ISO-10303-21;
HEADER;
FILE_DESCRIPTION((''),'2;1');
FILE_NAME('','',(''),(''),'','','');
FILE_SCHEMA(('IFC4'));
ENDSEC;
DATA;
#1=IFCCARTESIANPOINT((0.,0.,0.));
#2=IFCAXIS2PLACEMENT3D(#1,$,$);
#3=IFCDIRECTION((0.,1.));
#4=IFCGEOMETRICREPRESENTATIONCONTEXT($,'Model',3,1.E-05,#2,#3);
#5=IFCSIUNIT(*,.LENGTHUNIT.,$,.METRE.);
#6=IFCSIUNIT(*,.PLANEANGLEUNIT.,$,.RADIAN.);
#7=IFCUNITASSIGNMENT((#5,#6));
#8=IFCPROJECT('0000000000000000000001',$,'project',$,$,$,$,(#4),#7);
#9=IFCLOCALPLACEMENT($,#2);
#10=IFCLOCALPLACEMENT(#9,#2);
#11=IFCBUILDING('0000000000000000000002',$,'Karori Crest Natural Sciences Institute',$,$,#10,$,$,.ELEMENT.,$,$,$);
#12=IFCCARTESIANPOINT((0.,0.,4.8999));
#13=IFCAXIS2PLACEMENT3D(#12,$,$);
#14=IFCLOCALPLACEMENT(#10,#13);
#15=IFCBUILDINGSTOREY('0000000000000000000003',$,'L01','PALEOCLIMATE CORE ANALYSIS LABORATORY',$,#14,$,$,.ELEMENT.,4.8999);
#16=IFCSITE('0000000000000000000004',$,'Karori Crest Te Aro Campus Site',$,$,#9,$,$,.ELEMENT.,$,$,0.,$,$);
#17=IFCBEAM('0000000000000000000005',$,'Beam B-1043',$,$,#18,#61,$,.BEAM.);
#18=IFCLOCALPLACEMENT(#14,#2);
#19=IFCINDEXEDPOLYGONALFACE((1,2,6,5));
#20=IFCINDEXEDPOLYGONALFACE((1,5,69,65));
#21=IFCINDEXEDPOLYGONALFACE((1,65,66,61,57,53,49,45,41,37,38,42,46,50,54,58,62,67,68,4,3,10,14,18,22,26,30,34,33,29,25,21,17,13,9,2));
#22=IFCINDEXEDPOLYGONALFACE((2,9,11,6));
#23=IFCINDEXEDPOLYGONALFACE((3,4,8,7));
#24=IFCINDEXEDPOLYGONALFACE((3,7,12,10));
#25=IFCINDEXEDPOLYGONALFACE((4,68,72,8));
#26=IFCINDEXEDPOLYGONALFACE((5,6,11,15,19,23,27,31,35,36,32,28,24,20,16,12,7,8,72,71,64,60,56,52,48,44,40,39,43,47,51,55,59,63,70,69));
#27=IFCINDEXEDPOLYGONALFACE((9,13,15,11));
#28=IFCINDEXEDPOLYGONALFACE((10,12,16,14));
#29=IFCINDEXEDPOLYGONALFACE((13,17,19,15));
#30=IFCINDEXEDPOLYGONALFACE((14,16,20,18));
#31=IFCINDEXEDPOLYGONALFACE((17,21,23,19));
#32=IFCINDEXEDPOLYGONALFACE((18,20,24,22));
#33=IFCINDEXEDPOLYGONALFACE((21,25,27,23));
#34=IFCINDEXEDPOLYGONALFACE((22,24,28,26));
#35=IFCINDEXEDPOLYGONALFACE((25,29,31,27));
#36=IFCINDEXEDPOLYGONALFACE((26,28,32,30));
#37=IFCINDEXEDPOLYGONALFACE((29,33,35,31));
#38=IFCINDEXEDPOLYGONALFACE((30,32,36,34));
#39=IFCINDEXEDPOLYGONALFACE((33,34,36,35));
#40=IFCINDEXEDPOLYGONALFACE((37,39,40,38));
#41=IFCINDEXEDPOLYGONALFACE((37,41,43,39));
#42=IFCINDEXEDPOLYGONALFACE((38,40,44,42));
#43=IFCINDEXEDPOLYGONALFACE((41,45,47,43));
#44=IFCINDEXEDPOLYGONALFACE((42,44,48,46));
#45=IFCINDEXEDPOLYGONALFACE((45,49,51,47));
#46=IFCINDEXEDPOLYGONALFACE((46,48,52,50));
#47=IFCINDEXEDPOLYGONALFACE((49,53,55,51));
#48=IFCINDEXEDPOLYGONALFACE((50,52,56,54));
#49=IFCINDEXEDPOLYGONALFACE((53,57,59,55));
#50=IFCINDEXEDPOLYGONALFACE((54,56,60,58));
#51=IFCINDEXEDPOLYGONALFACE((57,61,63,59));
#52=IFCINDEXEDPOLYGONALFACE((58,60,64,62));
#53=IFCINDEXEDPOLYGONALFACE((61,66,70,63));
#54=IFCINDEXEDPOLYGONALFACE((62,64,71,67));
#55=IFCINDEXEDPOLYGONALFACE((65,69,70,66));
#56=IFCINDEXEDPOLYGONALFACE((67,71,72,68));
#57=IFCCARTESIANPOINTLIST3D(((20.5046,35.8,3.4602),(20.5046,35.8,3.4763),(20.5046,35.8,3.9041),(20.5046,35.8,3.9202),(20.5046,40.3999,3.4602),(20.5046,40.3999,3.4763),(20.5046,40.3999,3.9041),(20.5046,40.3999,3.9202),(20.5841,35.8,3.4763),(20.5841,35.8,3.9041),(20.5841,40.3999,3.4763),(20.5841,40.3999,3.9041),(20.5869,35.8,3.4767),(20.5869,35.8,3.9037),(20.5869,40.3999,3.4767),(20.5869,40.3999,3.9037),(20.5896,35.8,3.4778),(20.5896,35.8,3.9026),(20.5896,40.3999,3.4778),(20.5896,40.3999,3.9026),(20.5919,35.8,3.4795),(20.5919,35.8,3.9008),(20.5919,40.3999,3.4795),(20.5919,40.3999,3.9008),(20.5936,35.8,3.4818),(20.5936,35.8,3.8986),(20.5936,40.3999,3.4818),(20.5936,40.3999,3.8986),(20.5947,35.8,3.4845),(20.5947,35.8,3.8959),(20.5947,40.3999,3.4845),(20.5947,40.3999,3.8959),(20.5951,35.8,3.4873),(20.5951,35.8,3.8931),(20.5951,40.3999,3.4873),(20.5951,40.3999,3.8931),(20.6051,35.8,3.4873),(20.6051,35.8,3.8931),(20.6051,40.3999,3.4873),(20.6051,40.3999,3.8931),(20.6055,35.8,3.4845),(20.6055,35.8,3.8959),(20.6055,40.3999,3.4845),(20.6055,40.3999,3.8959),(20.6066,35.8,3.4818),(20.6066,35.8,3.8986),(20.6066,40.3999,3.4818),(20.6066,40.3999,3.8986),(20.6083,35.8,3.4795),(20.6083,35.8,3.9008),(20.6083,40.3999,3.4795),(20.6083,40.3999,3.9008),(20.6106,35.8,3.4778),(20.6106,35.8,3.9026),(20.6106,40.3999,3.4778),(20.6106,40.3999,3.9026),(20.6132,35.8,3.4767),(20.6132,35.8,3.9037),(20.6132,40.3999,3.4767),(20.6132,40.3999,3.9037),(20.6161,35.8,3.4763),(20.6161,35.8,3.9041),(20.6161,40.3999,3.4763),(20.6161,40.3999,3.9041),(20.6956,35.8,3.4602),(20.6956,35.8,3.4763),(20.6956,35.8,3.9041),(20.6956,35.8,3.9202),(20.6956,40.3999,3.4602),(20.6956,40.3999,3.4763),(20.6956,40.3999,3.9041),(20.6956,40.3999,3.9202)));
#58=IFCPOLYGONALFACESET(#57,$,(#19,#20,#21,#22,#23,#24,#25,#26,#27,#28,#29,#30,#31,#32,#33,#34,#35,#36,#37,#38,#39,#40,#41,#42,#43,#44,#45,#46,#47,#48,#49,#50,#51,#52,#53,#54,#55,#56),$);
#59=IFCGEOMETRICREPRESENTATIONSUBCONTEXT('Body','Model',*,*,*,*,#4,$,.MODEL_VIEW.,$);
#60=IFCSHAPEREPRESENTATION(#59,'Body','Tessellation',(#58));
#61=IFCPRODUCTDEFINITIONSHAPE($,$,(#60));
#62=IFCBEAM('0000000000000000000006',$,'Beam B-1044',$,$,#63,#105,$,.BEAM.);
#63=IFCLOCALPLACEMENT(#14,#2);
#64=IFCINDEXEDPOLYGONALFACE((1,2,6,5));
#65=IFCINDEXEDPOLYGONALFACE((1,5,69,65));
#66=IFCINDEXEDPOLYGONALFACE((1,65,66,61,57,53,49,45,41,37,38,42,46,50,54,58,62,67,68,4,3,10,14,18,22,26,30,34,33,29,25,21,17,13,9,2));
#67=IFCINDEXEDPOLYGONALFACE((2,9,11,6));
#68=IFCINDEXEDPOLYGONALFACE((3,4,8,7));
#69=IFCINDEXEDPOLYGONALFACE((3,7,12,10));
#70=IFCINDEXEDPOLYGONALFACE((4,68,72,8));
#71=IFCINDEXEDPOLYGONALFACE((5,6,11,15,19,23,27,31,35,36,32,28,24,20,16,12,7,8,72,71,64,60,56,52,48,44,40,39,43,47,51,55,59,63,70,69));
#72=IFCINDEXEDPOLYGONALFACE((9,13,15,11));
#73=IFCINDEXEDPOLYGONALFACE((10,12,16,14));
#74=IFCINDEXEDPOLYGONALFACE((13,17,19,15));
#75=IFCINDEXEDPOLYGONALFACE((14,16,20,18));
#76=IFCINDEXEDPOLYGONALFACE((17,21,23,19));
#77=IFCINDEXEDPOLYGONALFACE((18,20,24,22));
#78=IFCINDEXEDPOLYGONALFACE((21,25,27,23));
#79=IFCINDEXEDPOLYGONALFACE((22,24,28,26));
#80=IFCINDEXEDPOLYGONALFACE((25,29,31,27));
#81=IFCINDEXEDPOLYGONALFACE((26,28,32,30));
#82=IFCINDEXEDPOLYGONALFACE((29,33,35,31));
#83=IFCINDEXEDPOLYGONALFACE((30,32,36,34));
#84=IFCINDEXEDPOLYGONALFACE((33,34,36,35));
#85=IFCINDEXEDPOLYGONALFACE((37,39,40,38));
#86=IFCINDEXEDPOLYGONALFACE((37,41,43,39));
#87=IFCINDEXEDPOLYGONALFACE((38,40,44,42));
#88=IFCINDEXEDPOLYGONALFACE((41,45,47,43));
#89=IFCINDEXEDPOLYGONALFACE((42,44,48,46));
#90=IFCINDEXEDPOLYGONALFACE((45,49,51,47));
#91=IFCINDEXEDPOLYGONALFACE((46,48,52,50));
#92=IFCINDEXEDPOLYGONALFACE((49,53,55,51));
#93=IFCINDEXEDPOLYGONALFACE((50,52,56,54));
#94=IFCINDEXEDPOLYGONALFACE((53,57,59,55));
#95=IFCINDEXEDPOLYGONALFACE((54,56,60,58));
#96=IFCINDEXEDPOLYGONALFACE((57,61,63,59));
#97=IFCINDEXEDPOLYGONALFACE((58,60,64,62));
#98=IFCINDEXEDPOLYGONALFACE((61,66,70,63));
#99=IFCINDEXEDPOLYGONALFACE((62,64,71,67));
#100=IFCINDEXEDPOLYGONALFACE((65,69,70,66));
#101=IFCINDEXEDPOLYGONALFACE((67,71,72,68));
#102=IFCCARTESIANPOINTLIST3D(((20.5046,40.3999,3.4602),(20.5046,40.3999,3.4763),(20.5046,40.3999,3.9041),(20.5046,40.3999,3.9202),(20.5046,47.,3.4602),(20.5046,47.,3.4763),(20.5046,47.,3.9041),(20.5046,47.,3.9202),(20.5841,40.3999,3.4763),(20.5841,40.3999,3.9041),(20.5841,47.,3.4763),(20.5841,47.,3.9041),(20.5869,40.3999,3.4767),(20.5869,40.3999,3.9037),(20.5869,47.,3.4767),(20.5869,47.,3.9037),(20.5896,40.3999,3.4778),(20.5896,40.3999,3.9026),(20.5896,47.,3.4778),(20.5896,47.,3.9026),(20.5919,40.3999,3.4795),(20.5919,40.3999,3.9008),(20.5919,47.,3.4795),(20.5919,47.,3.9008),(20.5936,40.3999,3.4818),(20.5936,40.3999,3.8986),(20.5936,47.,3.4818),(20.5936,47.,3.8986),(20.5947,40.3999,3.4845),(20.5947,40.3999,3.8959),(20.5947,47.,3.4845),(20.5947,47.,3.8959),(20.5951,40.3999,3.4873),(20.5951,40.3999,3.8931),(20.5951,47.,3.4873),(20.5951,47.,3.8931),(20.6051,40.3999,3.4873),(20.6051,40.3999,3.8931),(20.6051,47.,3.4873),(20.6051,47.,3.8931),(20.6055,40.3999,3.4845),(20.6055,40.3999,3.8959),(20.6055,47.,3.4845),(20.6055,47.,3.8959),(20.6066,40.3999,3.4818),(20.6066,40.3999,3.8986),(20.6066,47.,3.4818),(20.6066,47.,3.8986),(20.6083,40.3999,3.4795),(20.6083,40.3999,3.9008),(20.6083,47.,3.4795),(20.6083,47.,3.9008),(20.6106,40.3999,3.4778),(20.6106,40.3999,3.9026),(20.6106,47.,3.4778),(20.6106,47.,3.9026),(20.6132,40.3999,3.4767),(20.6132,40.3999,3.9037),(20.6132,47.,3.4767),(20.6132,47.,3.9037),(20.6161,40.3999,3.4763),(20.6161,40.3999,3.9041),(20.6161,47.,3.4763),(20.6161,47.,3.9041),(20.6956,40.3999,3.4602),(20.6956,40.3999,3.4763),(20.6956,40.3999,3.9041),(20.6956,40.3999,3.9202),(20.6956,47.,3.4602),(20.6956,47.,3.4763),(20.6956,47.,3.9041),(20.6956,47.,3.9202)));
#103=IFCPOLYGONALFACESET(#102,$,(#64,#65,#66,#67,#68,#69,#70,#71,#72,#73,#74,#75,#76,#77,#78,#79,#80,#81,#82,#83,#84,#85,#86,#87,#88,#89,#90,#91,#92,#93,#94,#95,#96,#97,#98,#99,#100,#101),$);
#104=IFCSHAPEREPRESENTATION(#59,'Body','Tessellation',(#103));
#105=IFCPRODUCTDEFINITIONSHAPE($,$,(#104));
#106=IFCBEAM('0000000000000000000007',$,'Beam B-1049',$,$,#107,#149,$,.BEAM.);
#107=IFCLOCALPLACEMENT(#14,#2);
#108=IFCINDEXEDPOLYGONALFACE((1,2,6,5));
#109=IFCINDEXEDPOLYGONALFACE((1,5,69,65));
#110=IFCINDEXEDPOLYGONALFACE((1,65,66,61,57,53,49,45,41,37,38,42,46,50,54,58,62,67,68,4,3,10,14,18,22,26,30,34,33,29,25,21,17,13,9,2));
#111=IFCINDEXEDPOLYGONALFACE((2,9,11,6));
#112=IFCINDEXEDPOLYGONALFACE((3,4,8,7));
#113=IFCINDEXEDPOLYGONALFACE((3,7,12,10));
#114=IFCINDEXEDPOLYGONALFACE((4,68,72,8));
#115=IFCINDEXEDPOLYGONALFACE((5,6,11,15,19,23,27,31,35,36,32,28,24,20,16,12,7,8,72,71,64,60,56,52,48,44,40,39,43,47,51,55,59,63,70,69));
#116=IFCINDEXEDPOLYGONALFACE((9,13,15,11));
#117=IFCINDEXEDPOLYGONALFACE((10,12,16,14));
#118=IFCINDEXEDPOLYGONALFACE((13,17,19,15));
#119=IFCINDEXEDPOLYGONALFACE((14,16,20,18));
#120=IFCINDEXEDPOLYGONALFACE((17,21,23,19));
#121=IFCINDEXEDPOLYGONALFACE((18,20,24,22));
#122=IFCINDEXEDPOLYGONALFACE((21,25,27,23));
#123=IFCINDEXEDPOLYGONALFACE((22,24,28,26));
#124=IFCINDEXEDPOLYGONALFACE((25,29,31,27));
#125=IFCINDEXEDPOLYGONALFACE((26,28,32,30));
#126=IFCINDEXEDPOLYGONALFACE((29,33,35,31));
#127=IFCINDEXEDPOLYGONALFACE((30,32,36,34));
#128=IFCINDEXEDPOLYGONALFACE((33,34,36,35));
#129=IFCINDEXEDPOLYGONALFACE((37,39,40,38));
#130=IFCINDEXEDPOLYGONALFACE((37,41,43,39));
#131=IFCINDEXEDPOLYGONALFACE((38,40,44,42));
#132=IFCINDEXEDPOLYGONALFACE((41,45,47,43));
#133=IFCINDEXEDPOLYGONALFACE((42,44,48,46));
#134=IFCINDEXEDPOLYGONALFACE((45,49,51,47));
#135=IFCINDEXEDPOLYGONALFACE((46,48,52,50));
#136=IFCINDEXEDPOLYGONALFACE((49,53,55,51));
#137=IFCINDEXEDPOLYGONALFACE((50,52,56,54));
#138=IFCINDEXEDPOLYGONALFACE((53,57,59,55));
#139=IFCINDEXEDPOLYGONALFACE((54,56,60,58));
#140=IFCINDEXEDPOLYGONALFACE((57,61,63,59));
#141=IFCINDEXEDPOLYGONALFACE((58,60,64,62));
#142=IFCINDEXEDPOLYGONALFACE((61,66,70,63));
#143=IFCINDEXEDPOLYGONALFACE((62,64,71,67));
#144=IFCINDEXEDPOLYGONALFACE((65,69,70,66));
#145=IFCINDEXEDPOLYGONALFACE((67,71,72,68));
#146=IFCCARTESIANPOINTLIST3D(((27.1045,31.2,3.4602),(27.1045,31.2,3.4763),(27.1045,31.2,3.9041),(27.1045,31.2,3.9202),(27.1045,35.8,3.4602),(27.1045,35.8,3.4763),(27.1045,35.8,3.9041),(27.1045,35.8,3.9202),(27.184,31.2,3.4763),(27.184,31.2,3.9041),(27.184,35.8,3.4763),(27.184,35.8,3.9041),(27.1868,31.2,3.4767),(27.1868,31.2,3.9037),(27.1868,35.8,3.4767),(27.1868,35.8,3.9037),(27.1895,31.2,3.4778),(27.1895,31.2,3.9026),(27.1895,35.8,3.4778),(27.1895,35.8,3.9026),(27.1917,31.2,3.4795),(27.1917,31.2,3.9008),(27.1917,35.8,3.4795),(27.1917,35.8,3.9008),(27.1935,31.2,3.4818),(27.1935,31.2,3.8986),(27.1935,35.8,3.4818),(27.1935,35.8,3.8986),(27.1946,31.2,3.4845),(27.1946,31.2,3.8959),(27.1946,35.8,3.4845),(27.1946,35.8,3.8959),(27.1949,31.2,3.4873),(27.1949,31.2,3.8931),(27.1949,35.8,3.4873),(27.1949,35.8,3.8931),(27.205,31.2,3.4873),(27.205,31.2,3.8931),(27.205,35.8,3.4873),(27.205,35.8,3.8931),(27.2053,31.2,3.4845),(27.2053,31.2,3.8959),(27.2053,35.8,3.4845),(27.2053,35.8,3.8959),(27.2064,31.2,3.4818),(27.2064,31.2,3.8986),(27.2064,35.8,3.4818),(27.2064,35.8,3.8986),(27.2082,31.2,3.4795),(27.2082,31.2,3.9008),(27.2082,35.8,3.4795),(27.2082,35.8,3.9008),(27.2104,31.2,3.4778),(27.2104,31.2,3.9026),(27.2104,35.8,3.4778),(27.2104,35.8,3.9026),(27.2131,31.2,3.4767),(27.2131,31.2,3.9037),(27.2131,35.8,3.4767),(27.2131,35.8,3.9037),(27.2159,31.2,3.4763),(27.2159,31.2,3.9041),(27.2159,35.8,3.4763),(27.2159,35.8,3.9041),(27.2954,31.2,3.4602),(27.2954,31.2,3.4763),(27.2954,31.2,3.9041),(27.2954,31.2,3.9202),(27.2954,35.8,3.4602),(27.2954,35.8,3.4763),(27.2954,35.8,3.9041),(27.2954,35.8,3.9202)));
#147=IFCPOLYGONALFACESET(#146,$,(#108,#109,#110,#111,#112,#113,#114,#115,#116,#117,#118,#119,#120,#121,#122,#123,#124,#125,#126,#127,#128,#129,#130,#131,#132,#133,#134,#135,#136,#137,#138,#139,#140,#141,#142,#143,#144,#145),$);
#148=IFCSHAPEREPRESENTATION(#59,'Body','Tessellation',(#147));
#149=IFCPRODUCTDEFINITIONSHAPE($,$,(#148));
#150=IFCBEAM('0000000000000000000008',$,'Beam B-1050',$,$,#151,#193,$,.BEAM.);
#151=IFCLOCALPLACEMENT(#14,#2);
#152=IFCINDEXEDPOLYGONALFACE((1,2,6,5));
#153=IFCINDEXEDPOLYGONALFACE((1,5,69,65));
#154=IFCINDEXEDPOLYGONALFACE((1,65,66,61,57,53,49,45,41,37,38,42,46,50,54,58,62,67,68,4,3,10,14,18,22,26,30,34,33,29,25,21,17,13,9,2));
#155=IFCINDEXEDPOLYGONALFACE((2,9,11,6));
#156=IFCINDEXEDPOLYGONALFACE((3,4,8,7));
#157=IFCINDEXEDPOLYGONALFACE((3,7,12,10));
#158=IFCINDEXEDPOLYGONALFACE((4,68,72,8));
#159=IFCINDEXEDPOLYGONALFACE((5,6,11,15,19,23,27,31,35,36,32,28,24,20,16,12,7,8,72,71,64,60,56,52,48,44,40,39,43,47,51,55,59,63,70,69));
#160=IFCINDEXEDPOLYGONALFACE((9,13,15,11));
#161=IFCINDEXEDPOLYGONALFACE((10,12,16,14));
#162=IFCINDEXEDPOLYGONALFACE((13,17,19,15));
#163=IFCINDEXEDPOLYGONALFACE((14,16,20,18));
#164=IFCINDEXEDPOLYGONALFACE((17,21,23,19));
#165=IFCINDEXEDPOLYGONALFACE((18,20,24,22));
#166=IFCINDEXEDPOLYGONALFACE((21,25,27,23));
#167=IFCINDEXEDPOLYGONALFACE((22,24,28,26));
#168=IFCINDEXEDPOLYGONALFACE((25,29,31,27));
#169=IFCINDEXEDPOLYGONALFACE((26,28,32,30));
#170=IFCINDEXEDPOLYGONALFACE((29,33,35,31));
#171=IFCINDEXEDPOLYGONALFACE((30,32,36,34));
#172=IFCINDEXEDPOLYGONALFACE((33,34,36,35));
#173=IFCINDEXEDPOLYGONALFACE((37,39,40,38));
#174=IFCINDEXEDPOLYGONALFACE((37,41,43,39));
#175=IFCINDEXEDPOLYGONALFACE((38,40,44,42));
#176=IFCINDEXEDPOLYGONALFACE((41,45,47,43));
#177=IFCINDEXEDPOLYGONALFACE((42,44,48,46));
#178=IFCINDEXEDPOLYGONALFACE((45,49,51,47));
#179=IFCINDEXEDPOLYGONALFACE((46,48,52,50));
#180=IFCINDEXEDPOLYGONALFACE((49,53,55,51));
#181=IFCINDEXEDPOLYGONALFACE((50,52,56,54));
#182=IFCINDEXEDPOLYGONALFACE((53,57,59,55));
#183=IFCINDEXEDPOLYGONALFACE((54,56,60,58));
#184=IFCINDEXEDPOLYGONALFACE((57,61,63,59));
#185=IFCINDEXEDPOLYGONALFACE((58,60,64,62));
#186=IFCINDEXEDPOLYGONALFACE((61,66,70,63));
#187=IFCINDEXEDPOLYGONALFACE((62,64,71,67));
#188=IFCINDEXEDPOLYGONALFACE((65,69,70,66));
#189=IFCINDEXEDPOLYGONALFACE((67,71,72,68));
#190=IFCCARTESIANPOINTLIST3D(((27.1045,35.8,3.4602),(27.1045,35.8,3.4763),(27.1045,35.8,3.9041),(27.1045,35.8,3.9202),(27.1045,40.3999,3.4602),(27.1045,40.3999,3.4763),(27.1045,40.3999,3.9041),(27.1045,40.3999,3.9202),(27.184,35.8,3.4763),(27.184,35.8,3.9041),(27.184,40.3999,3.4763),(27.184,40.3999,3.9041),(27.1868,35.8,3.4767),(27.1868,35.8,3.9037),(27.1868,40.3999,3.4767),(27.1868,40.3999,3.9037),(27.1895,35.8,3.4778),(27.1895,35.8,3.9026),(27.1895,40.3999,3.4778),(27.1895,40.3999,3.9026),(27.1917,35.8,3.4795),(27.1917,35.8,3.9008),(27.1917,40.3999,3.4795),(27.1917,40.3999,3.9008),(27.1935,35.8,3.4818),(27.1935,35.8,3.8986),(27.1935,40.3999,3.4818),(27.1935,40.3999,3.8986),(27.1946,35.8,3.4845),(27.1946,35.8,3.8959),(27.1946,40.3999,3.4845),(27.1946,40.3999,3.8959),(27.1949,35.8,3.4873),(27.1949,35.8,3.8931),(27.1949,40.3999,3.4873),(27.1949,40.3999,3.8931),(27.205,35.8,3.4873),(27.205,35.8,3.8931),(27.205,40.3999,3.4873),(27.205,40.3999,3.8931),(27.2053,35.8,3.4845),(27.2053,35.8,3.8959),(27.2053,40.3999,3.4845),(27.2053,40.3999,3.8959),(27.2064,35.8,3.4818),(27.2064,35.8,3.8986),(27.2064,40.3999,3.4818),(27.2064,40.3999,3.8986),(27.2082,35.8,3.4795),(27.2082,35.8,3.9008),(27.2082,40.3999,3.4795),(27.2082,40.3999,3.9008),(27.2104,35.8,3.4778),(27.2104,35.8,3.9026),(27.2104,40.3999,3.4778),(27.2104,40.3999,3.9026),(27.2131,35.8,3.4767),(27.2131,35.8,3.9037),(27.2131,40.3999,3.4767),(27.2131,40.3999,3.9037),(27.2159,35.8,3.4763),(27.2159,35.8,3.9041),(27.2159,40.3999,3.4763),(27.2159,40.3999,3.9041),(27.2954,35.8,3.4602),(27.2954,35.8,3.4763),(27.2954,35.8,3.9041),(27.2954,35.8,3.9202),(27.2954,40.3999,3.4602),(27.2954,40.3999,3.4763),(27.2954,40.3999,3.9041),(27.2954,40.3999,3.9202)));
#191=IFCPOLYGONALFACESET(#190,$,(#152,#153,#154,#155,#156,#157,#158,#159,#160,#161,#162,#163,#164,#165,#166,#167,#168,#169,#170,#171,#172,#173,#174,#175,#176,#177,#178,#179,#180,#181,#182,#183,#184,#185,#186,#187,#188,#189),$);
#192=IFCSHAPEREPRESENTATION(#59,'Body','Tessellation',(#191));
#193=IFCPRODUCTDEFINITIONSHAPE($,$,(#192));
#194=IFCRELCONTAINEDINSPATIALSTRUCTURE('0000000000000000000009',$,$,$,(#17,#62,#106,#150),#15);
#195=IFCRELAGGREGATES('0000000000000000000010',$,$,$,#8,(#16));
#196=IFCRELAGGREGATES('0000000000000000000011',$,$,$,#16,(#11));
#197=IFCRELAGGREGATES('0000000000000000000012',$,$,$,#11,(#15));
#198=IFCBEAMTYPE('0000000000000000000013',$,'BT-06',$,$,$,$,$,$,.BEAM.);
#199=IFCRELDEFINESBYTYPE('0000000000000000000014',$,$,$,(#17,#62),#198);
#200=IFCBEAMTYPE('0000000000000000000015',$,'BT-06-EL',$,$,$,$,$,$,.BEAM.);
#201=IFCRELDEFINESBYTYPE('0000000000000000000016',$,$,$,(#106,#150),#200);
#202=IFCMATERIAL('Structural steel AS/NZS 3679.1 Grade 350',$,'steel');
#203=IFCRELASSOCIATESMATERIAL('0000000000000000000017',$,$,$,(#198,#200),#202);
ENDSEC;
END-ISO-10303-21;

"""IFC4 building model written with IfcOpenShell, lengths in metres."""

from ifc_helpers import new_model, si_unit, direction, frame, origin, origin_2d, place, context, subcontext, project, spatial, i_section, extrude, material, material_profile, profile_set, type_object, element, save


model = new_model("IFC4")

# Units and contexts
model_context = context("Model", 3, precision=1e-05, world=origin(), true_north=direction((0.0, 1.0)))
body_context = subcontext(model_context, "Body", "Model", "MODEL_VIEW")
ifc_project = project(units=[si_unit("LENGTHUNIT", "METRE"), si_unit("PLANEANGLEUNIT", "RADIAN")], contexts=[model_context])

# Site, building, storey
site_placement = place(None, origin())
site = spatial("IfcSite", under=ifc_project, at=site_placement, Name="Karori Crest Te Aro Campus Site", CompositionType="ELEMENT", RefElevation=0.0)
building_placement = place(site_placement, origin())
building = spatial("IfcBuilding", under=site, at=building_placement, Name="Karori Crest Natural Sciences Institute", CompositionType="ELEMENT")
storey_placement = place(building_placement, frame((0.0, 0.0, 4.8999)))
storey = spatial("IfcBuildingStorey", under=building, at=storey_placement, Name="L01", Description="PALEOCLIMATE CORE ANALYSIS LABORATORY", CompositionType="ELEMENT", Elevation=4.8999)

# Shared definitions
ifc_material_1 = material(Name="Structural steel AS/NZS 3679.1 Grade 350", Category="steel")

# Beams
ifc_material_profile_1 = material_profile(ifc_material_1, i_section(OverallWidth=0.1909, OverallDepth=0.46, WebThickness=0.01, FlangeThickness=0.0161, FilletRadius=0.011, at=origin_2d()), Name="460UB82.1")
ifc_profile_set_1 = profile_set([ifc_material_profile_1], Name="Structural steel AS/NZS 3679.1 Grade 350")
beam_type_1 = type_object("IfcBeamType", Name="BT-06", PredefinedType="BEAM", material=ifc_profile_set_1)
beam_1_placement = place(storey_placement, frame((20.6001, 35.8, 3.6902), z_axis=(0.0, 1.0, 0.0), x_axis=(-1.0, 0.0, 0.0)))
element("IfcBeam", 1, at=beam_1_placement, inside=storey, type_object=beam_type_1, Name="Beam B-1043", PredefinedType="BEAM", context=body_context, shape_type="SweptSolid", body=[
    extrude(i_section(OverallWidth=0.1909, OverallDepth=0.46, WebThickness=0.01, FlangeThickness=0.0161, FilletRadius=0.011, at=origin_2d()), origin(), (0.0, 0.0, 1.0), 4.5999),
])
beam_2_placement = place(storey_placement, frame((20.6001, 40.3999, 3.6902), z_axis=(0.0, 1.0, 0.0), x_axis=(-1.0, 0.0, 0.0)))
element("IfcBeam", 2, at=beam_2_placement, inside=storey, type_object=beam_type_1, Name="Beam B-1044", PredefinedType="BEAM", context=body_context, shape_type="SweptSolid", body=[
    extrude(i_section(OverallWidth=0.1909, OverallDepth=0.46, WebThickness=0.01, FlangeThickness=0.0161, FilletRadius=0.011, at=origin_2d()), origin(), (0.0, 0.0, 1.0), 6.6001),
])
ifc_material_profile_2 = material_profile(ifc_material_1, i_section(OverallWidth=0.1909, OverallDepth=0.46, WebThickness=0.01, FlangeThickness=0.0161, FilletRadius=0.011, at=origin_2d()), Name="460UB82.1")
ifc_profile_set_2 = profile_set([ifc_material_profile_2], Name="Structural steel AS/NZS 3679.1 Grade 350")
beam_type_2 = type_object("IfcBeamType", Name="BT-06-EL", PredefinedType="BEAM", material=ifc_profile_set_2)
beam_3_placement = place(storey_placement, frame((27.2, 31.2, 3.6902), z_axis=(0.0, 1.0, 0.0), x_axis=(-1.0, 0.0, 0.0)))
element("IfcBeam", 3, at=beam_3_placement, inside=storey, type_object=beam_type_2, Name="Beam B-1049", PredefinedType="BEAM", context=body_context, shape_type="SweptSolid", body=[
    extrude(i_section(OverallWidth=0.1909, OverallDepth=0.46, WebThickness=0.01, FlangeThickness=0.0161, FilletRadius=0.011, at=origin_2d()), origin(), (0.0, 0.0, 1.0), 4.6001),
])
beam_4_placement = place(storey_placement, frame((27.2, 35.8, 3.6902), z_axis=(0.0, 1.0, 0.0), x_axis=(-1.0, 0.0, 0.0)))
element("IfcBeam", 4, at=beam_4_placement, inside=storey, type_object=beam_type_2, Name="Beam B-1050", PredefinedType="BEAM", context=body_context, shape_type="SweptSolid", body=[
    extrude(i_section(OverallWidth=0.1909, OverallDepth=0.46, WebThickness=0.01, FlangeThickness=0.0161, FilletRadius=0.011, at=origin_2d()), origin(), (0.0, 0.0, 1.0), 4.5999),
])

save(model, "model.ifc")
